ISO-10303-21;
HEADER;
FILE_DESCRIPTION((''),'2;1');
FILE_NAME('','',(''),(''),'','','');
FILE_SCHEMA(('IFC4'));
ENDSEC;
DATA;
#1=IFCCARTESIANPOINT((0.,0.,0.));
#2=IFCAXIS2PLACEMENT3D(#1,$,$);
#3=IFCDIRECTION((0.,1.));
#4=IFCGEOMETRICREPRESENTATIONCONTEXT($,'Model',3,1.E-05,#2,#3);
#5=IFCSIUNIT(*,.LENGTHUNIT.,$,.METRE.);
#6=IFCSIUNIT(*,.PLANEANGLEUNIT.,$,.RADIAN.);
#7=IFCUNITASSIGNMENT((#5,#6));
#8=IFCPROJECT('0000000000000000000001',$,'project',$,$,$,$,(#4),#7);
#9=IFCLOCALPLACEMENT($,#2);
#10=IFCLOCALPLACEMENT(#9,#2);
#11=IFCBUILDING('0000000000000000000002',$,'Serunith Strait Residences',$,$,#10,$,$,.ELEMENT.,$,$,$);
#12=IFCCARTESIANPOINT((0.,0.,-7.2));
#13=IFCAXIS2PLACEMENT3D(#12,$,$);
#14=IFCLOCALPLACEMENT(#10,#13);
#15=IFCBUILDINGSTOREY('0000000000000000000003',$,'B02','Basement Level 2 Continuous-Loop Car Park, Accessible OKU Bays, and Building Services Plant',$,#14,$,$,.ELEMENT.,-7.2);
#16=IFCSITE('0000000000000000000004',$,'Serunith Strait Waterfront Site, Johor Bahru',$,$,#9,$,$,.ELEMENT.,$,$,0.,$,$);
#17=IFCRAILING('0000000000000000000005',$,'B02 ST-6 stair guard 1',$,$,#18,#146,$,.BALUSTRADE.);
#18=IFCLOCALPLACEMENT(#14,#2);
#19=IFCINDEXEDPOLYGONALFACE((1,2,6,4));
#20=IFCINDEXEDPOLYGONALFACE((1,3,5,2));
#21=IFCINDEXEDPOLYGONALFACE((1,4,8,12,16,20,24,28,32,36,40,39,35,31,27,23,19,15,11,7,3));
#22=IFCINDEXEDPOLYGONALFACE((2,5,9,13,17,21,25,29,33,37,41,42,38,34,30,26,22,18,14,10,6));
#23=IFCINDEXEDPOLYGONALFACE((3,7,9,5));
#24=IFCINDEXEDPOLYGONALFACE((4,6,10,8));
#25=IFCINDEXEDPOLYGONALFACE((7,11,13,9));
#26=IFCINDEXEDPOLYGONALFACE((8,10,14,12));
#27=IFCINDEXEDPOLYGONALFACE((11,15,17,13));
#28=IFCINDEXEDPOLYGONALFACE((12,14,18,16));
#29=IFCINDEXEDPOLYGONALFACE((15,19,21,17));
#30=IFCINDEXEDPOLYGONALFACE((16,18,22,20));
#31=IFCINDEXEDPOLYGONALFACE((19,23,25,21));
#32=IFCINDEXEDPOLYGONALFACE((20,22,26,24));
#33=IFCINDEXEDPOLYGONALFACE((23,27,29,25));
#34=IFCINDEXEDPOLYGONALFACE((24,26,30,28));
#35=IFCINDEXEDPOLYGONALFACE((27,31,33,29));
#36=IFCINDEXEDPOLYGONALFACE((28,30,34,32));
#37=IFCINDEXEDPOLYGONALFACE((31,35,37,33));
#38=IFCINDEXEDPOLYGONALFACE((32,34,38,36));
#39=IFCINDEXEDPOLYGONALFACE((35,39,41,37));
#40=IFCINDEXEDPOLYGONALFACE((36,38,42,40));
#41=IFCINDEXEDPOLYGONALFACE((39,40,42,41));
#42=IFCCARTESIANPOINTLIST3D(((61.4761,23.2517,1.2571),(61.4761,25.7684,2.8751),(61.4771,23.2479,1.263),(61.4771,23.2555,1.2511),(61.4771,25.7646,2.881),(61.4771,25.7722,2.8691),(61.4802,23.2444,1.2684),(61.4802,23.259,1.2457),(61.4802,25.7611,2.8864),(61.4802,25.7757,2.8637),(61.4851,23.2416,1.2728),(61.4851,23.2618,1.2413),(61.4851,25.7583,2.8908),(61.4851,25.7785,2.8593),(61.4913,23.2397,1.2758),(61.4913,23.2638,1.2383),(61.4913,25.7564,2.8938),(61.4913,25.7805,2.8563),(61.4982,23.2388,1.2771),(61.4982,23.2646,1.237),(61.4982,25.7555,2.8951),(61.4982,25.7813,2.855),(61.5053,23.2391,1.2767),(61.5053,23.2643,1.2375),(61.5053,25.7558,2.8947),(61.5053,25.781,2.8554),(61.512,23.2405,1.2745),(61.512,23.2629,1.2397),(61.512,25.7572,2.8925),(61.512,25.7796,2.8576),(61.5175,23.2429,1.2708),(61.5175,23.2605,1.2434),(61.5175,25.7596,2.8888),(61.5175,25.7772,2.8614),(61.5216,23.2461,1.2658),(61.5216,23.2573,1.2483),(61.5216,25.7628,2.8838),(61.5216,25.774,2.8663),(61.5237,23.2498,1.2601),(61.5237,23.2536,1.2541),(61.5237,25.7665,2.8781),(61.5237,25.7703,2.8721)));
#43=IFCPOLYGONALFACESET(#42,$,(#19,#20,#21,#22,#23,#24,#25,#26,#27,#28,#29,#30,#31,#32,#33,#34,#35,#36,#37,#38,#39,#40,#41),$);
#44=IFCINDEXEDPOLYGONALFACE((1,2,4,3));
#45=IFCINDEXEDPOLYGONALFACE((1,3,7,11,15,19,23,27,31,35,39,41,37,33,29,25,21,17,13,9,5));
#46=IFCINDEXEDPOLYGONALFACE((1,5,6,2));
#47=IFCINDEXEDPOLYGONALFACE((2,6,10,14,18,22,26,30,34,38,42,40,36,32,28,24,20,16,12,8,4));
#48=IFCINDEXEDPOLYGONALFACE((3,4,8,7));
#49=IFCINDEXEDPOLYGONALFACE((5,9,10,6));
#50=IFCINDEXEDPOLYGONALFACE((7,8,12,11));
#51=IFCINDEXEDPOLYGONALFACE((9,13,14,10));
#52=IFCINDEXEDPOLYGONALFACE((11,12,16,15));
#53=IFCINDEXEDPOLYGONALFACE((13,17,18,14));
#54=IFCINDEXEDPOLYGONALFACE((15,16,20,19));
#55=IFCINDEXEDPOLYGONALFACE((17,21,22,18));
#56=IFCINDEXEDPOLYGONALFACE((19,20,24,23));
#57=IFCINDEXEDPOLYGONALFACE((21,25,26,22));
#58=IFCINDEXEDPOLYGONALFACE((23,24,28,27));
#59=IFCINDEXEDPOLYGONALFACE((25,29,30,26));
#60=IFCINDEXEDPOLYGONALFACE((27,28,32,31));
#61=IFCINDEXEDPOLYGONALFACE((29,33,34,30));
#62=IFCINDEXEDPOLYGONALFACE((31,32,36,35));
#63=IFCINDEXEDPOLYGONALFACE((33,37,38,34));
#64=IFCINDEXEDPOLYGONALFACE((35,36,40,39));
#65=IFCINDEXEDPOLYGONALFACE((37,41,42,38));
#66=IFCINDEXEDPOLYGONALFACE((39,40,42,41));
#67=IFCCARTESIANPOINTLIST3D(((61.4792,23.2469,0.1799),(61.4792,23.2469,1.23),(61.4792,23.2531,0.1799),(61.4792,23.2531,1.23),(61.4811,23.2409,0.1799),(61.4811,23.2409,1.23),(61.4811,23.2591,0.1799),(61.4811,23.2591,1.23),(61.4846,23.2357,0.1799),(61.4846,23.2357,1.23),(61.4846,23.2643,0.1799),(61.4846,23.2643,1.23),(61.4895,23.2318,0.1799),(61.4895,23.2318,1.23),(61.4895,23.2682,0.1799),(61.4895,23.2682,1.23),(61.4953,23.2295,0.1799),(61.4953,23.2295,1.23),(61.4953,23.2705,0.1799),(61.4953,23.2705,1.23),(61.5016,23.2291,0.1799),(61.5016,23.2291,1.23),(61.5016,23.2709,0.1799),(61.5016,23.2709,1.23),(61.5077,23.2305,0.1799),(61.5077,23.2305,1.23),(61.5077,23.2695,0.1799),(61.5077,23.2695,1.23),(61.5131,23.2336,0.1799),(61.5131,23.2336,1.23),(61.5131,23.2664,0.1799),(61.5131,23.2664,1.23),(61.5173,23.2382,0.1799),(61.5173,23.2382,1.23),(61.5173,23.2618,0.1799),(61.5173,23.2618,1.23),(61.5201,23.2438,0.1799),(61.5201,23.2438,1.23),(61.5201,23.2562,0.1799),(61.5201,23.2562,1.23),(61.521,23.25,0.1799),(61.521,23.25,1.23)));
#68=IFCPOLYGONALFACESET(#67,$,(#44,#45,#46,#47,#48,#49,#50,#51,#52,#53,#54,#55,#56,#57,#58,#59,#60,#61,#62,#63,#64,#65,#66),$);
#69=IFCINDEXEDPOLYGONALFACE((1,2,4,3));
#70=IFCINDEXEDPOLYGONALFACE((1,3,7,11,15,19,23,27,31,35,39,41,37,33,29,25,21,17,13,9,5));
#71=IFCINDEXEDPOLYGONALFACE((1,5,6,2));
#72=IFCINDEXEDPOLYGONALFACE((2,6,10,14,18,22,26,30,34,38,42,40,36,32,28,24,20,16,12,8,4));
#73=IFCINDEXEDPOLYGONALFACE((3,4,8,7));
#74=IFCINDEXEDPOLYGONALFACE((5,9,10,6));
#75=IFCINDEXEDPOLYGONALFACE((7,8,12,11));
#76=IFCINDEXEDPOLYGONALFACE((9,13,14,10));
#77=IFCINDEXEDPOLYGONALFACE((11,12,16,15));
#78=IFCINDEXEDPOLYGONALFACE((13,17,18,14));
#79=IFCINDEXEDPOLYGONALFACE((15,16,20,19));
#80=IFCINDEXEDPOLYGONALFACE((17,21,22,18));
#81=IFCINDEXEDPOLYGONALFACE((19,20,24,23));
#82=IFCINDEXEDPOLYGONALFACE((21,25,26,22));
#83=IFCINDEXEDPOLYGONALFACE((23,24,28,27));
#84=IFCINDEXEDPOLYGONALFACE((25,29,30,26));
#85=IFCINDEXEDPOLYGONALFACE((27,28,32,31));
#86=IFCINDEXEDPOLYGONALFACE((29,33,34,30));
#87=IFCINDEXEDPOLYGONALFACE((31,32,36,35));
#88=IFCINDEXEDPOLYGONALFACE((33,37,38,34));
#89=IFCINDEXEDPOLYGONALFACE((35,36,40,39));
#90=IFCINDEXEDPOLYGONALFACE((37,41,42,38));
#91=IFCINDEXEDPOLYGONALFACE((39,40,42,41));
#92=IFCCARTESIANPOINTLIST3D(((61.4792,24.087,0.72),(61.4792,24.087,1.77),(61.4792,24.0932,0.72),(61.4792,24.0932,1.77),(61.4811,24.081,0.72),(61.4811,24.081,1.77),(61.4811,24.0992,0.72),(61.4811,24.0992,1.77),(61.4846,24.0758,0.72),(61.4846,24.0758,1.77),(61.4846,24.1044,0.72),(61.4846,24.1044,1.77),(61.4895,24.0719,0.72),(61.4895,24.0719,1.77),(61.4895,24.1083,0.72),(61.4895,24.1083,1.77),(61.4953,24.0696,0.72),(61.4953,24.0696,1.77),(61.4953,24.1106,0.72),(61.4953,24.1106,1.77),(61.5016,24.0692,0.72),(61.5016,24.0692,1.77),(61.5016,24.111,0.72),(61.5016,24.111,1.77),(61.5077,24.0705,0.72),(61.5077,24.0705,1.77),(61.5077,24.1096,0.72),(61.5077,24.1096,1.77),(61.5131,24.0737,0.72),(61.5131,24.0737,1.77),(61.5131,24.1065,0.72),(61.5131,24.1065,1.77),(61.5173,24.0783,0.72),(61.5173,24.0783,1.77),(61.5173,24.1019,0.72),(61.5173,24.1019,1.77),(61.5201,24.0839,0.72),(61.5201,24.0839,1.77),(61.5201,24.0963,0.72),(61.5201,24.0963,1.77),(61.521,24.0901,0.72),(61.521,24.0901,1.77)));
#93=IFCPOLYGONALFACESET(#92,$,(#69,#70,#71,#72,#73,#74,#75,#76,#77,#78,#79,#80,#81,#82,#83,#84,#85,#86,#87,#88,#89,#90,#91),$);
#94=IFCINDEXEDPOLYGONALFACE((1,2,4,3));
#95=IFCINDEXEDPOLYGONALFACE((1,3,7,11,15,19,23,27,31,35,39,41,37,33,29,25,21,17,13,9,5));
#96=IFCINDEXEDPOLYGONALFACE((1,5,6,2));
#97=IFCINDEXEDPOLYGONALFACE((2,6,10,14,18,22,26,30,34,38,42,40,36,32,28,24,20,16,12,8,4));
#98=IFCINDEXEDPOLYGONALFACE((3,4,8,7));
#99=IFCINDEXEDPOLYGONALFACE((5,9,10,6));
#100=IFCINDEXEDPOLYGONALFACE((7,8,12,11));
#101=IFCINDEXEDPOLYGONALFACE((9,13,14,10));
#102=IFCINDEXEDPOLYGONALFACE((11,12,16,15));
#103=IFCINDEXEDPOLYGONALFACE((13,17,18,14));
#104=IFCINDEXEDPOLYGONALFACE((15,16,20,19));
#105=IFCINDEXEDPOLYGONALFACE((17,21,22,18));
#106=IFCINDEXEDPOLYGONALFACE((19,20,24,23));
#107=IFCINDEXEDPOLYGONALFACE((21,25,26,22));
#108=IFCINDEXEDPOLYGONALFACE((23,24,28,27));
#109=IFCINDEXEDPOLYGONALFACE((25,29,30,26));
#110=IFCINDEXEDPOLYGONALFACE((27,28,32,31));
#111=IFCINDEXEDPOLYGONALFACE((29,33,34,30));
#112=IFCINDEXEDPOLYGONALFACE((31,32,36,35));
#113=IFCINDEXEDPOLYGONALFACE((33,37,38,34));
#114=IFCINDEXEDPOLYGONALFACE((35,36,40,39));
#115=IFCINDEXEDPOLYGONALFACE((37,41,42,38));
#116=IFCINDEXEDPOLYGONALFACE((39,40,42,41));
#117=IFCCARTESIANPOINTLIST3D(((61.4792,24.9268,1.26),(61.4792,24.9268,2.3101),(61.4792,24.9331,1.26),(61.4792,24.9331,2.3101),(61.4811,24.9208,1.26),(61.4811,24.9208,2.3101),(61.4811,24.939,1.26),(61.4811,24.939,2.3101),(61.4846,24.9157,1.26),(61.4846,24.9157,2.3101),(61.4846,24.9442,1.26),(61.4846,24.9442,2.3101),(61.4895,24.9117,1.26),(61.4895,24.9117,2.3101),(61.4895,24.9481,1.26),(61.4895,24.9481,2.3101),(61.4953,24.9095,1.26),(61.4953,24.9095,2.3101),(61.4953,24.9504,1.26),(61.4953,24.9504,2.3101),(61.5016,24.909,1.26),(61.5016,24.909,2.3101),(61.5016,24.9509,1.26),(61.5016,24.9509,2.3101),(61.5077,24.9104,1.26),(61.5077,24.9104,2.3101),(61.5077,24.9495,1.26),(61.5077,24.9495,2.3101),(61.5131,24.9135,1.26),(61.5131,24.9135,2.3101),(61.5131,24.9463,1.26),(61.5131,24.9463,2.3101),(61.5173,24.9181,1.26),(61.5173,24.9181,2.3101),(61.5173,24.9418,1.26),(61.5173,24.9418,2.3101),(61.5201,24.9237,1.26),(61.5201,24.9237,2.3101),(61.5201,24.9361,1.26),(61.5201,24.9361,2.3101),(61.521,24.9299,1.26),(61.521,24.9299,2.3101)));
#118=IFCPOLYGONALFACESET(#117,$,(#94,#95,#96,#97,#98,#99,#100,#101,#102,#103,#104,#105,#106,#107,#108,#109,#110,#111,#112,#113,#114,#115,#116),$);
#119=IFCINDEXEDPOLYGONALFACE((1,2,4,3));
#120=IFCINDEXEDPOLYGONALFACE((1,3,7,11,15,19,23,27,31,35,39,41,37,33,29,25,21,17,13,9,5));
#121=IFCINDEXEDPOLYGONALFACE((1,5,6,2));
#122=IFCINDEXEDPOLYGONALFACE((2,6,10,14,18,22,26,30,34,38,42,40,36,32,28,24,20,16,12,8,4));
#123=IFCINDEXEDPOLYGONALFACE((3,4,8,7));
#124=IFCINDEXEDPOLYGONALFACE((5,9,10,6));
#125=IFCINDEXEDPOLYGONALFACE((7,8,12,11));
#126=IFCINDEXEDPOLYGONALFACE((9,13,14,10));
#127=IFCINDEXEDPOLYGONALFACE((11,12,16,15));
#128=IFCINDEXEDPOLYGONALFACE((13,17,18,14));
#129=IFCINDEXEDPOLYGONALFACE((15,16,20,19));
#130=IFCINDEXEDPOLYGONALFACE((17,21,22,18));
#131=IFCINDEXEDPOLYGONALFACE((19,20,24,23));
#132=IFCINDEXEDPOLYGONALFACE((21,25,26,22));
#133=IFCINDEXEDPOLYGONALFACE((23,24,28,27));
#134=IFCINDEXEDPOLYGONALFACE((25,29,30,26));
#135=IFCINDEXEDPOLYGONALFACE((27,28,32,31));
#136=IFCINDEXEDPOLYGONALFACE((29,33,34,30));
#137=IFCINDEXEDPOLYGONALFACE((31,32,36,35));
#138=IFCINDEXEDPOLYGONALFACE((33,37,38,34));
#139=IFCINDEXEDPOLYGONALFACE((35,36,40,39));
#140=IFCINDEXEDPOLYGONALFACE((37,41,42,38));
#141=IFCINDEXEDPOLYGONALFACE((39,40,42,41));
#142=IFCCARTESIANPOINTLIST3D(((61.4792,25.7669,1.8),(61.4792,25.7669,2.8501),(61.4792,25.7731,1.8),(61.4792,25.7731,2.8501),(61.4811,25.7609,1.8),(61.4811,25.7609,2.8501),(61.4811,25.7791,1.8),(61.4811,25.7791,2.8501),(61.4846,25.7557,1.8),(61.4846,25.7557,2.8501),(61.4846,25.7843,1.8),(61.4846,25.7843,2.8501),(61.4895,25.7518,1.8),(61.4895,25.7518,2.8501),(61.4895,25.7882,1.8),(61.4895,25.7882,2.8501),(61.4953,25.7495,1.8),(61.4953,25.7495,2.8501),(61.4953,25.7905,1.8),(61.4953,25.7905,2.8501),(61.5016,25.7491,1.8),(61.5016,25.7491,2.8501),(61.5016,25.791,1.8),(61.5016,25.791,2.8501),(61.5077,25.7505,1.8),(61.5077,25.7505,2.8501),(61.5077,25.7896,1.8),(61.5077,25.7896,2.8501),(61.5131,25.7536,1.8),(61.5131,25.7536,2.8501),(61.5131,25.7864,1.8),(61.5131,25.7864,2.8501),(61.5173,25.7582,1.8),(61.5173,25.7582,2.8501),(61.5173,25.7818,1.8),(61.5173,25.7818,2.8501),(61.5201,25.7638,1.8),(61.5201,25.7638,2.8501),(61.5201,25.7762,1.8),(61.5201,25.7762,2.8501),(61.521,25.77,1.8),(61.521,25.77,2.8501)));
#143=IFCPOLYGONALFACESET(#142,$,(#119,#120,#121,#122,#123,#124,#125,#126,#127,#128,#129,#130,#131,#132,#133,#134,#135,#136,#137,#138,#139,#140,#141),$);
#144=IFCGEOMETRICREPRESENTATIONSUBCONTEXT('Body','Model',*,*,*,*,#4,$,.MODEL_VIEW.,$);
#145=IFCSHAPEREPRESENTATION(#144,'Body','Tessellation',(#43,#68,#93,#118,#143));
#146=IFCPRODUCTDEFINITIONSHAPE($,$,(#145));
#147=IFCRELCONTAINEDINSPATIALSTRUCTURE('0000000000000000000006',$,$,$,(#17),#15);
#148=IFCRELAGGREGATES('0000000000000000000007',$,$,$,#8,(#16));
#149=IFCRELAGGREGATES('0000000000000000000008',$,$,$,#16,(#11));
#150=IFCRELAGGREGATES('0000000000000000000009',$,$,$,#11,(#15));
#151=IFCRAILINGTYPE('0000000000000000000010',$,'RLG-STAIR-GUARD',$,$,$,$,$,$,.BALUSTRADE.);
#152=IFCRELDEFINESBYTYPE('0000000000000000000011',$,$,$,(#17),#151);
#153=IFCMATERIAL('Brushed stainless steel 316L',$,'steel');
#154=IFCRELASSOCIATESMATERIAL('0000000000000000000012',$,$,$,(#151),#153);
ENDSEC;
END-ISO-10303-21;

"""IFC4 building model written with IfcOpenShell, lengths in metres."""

from ifc_helpers import new_model, si_unit, direction, frame, origin, origin_2d, place, context, subcontext, project, spatial, circle, extrude, material, type_object, element, save


model = new_model("IFC4")

# Units and contexts
model_context = context("Model", 3, precision=1e-05, world=origin(), true_north=direction((0.0, 1.0)))
body_context = subcontext(model_context, "Body", "Model", "MODEL_VIEW")
ifc_project = project(units=[si_unit("LENGTHUNIT", "METRE"), si_unit("PLANEANGLEUNIT", "RADIAN")], contexts=[model_context])

# Site, building, storey
site_placement = place(None, origin())
site = spatial("IfcSite", under=ifc_project, at=site_placement, Name="Serunith Strait Waterfront Site, Johor Bahru", CompositionType="ELEMENT", RefElevation=0.0)
building_placement = place(site_placement, origin())
building = spatial("IfcBuilding", under=site, at=building_placement, Name="Serunith Strait Residences", CompositionType="ELEMENT")
storey_placement = place(building_placement, frame((0.0, 0.0, -7.2)))
storey = spatial("IfcBuildingStorey", under=building, at=storey_placement, Name="B02", Description="Basement Level 2 Continuous-Loop Car Park, Accessible OKU Bays, and Building Services Plant", CompositionType="ELEMENT", Elevation=-7.2)

# Railing
ifc_material_1 = material(Name="Brushed stainless steel 316L", Category="steel")
railing_type_1 = type_object("IfcRailingType", Name="RLG-STAIR-GUARD", PredefinedType="BALUSTRADE", material=ifc_material_1)
railing_1_placement = place(storey_placement, frame((61.5, 23.25, 0.1799)))
element("IfcRailing", 1, at=railing_1_placement, inside=storey, type_object=railing_type_1, Name="B02 ST-6 stair guard 1", PredefinedType="BALUSTRADE", context=body_context, shape_type="SweptSolid", body=[
    extrude(circle(Radius=0.0239, at=origin_2d()), frame((0.0, 0.0017, 1.0771), z_axis=(0.0, 0.841163, 0.540782), x_axis=(-1.0, 0.0, 0.0)), (0.0, 0.0, 1.0), 2.9919),
    extrude(circle(Radius=0.021, at=origin_2d()), origin(), (0.0, 0.0, 1.0), 1.05),
    extrude(circle(Radius=0.021, at=origin_2d()), frame((0.0, 0.8401, 0.54)), (0.0, 0.0, 1.0), 1.05),
    extrude(circle(Radius=0.021, at=origin_2d()), frame((0.0, 1.6799, 1.0801)), (0.0, 0.0, 1.0), 1.05),
    extrude(circle(Radius=0.021, at=origin_2d()), frame((0.0, 2.52, 1.6201)), (0.0, 0.0, 1.0), 1.05),
])

save(model, "model.ifc")
